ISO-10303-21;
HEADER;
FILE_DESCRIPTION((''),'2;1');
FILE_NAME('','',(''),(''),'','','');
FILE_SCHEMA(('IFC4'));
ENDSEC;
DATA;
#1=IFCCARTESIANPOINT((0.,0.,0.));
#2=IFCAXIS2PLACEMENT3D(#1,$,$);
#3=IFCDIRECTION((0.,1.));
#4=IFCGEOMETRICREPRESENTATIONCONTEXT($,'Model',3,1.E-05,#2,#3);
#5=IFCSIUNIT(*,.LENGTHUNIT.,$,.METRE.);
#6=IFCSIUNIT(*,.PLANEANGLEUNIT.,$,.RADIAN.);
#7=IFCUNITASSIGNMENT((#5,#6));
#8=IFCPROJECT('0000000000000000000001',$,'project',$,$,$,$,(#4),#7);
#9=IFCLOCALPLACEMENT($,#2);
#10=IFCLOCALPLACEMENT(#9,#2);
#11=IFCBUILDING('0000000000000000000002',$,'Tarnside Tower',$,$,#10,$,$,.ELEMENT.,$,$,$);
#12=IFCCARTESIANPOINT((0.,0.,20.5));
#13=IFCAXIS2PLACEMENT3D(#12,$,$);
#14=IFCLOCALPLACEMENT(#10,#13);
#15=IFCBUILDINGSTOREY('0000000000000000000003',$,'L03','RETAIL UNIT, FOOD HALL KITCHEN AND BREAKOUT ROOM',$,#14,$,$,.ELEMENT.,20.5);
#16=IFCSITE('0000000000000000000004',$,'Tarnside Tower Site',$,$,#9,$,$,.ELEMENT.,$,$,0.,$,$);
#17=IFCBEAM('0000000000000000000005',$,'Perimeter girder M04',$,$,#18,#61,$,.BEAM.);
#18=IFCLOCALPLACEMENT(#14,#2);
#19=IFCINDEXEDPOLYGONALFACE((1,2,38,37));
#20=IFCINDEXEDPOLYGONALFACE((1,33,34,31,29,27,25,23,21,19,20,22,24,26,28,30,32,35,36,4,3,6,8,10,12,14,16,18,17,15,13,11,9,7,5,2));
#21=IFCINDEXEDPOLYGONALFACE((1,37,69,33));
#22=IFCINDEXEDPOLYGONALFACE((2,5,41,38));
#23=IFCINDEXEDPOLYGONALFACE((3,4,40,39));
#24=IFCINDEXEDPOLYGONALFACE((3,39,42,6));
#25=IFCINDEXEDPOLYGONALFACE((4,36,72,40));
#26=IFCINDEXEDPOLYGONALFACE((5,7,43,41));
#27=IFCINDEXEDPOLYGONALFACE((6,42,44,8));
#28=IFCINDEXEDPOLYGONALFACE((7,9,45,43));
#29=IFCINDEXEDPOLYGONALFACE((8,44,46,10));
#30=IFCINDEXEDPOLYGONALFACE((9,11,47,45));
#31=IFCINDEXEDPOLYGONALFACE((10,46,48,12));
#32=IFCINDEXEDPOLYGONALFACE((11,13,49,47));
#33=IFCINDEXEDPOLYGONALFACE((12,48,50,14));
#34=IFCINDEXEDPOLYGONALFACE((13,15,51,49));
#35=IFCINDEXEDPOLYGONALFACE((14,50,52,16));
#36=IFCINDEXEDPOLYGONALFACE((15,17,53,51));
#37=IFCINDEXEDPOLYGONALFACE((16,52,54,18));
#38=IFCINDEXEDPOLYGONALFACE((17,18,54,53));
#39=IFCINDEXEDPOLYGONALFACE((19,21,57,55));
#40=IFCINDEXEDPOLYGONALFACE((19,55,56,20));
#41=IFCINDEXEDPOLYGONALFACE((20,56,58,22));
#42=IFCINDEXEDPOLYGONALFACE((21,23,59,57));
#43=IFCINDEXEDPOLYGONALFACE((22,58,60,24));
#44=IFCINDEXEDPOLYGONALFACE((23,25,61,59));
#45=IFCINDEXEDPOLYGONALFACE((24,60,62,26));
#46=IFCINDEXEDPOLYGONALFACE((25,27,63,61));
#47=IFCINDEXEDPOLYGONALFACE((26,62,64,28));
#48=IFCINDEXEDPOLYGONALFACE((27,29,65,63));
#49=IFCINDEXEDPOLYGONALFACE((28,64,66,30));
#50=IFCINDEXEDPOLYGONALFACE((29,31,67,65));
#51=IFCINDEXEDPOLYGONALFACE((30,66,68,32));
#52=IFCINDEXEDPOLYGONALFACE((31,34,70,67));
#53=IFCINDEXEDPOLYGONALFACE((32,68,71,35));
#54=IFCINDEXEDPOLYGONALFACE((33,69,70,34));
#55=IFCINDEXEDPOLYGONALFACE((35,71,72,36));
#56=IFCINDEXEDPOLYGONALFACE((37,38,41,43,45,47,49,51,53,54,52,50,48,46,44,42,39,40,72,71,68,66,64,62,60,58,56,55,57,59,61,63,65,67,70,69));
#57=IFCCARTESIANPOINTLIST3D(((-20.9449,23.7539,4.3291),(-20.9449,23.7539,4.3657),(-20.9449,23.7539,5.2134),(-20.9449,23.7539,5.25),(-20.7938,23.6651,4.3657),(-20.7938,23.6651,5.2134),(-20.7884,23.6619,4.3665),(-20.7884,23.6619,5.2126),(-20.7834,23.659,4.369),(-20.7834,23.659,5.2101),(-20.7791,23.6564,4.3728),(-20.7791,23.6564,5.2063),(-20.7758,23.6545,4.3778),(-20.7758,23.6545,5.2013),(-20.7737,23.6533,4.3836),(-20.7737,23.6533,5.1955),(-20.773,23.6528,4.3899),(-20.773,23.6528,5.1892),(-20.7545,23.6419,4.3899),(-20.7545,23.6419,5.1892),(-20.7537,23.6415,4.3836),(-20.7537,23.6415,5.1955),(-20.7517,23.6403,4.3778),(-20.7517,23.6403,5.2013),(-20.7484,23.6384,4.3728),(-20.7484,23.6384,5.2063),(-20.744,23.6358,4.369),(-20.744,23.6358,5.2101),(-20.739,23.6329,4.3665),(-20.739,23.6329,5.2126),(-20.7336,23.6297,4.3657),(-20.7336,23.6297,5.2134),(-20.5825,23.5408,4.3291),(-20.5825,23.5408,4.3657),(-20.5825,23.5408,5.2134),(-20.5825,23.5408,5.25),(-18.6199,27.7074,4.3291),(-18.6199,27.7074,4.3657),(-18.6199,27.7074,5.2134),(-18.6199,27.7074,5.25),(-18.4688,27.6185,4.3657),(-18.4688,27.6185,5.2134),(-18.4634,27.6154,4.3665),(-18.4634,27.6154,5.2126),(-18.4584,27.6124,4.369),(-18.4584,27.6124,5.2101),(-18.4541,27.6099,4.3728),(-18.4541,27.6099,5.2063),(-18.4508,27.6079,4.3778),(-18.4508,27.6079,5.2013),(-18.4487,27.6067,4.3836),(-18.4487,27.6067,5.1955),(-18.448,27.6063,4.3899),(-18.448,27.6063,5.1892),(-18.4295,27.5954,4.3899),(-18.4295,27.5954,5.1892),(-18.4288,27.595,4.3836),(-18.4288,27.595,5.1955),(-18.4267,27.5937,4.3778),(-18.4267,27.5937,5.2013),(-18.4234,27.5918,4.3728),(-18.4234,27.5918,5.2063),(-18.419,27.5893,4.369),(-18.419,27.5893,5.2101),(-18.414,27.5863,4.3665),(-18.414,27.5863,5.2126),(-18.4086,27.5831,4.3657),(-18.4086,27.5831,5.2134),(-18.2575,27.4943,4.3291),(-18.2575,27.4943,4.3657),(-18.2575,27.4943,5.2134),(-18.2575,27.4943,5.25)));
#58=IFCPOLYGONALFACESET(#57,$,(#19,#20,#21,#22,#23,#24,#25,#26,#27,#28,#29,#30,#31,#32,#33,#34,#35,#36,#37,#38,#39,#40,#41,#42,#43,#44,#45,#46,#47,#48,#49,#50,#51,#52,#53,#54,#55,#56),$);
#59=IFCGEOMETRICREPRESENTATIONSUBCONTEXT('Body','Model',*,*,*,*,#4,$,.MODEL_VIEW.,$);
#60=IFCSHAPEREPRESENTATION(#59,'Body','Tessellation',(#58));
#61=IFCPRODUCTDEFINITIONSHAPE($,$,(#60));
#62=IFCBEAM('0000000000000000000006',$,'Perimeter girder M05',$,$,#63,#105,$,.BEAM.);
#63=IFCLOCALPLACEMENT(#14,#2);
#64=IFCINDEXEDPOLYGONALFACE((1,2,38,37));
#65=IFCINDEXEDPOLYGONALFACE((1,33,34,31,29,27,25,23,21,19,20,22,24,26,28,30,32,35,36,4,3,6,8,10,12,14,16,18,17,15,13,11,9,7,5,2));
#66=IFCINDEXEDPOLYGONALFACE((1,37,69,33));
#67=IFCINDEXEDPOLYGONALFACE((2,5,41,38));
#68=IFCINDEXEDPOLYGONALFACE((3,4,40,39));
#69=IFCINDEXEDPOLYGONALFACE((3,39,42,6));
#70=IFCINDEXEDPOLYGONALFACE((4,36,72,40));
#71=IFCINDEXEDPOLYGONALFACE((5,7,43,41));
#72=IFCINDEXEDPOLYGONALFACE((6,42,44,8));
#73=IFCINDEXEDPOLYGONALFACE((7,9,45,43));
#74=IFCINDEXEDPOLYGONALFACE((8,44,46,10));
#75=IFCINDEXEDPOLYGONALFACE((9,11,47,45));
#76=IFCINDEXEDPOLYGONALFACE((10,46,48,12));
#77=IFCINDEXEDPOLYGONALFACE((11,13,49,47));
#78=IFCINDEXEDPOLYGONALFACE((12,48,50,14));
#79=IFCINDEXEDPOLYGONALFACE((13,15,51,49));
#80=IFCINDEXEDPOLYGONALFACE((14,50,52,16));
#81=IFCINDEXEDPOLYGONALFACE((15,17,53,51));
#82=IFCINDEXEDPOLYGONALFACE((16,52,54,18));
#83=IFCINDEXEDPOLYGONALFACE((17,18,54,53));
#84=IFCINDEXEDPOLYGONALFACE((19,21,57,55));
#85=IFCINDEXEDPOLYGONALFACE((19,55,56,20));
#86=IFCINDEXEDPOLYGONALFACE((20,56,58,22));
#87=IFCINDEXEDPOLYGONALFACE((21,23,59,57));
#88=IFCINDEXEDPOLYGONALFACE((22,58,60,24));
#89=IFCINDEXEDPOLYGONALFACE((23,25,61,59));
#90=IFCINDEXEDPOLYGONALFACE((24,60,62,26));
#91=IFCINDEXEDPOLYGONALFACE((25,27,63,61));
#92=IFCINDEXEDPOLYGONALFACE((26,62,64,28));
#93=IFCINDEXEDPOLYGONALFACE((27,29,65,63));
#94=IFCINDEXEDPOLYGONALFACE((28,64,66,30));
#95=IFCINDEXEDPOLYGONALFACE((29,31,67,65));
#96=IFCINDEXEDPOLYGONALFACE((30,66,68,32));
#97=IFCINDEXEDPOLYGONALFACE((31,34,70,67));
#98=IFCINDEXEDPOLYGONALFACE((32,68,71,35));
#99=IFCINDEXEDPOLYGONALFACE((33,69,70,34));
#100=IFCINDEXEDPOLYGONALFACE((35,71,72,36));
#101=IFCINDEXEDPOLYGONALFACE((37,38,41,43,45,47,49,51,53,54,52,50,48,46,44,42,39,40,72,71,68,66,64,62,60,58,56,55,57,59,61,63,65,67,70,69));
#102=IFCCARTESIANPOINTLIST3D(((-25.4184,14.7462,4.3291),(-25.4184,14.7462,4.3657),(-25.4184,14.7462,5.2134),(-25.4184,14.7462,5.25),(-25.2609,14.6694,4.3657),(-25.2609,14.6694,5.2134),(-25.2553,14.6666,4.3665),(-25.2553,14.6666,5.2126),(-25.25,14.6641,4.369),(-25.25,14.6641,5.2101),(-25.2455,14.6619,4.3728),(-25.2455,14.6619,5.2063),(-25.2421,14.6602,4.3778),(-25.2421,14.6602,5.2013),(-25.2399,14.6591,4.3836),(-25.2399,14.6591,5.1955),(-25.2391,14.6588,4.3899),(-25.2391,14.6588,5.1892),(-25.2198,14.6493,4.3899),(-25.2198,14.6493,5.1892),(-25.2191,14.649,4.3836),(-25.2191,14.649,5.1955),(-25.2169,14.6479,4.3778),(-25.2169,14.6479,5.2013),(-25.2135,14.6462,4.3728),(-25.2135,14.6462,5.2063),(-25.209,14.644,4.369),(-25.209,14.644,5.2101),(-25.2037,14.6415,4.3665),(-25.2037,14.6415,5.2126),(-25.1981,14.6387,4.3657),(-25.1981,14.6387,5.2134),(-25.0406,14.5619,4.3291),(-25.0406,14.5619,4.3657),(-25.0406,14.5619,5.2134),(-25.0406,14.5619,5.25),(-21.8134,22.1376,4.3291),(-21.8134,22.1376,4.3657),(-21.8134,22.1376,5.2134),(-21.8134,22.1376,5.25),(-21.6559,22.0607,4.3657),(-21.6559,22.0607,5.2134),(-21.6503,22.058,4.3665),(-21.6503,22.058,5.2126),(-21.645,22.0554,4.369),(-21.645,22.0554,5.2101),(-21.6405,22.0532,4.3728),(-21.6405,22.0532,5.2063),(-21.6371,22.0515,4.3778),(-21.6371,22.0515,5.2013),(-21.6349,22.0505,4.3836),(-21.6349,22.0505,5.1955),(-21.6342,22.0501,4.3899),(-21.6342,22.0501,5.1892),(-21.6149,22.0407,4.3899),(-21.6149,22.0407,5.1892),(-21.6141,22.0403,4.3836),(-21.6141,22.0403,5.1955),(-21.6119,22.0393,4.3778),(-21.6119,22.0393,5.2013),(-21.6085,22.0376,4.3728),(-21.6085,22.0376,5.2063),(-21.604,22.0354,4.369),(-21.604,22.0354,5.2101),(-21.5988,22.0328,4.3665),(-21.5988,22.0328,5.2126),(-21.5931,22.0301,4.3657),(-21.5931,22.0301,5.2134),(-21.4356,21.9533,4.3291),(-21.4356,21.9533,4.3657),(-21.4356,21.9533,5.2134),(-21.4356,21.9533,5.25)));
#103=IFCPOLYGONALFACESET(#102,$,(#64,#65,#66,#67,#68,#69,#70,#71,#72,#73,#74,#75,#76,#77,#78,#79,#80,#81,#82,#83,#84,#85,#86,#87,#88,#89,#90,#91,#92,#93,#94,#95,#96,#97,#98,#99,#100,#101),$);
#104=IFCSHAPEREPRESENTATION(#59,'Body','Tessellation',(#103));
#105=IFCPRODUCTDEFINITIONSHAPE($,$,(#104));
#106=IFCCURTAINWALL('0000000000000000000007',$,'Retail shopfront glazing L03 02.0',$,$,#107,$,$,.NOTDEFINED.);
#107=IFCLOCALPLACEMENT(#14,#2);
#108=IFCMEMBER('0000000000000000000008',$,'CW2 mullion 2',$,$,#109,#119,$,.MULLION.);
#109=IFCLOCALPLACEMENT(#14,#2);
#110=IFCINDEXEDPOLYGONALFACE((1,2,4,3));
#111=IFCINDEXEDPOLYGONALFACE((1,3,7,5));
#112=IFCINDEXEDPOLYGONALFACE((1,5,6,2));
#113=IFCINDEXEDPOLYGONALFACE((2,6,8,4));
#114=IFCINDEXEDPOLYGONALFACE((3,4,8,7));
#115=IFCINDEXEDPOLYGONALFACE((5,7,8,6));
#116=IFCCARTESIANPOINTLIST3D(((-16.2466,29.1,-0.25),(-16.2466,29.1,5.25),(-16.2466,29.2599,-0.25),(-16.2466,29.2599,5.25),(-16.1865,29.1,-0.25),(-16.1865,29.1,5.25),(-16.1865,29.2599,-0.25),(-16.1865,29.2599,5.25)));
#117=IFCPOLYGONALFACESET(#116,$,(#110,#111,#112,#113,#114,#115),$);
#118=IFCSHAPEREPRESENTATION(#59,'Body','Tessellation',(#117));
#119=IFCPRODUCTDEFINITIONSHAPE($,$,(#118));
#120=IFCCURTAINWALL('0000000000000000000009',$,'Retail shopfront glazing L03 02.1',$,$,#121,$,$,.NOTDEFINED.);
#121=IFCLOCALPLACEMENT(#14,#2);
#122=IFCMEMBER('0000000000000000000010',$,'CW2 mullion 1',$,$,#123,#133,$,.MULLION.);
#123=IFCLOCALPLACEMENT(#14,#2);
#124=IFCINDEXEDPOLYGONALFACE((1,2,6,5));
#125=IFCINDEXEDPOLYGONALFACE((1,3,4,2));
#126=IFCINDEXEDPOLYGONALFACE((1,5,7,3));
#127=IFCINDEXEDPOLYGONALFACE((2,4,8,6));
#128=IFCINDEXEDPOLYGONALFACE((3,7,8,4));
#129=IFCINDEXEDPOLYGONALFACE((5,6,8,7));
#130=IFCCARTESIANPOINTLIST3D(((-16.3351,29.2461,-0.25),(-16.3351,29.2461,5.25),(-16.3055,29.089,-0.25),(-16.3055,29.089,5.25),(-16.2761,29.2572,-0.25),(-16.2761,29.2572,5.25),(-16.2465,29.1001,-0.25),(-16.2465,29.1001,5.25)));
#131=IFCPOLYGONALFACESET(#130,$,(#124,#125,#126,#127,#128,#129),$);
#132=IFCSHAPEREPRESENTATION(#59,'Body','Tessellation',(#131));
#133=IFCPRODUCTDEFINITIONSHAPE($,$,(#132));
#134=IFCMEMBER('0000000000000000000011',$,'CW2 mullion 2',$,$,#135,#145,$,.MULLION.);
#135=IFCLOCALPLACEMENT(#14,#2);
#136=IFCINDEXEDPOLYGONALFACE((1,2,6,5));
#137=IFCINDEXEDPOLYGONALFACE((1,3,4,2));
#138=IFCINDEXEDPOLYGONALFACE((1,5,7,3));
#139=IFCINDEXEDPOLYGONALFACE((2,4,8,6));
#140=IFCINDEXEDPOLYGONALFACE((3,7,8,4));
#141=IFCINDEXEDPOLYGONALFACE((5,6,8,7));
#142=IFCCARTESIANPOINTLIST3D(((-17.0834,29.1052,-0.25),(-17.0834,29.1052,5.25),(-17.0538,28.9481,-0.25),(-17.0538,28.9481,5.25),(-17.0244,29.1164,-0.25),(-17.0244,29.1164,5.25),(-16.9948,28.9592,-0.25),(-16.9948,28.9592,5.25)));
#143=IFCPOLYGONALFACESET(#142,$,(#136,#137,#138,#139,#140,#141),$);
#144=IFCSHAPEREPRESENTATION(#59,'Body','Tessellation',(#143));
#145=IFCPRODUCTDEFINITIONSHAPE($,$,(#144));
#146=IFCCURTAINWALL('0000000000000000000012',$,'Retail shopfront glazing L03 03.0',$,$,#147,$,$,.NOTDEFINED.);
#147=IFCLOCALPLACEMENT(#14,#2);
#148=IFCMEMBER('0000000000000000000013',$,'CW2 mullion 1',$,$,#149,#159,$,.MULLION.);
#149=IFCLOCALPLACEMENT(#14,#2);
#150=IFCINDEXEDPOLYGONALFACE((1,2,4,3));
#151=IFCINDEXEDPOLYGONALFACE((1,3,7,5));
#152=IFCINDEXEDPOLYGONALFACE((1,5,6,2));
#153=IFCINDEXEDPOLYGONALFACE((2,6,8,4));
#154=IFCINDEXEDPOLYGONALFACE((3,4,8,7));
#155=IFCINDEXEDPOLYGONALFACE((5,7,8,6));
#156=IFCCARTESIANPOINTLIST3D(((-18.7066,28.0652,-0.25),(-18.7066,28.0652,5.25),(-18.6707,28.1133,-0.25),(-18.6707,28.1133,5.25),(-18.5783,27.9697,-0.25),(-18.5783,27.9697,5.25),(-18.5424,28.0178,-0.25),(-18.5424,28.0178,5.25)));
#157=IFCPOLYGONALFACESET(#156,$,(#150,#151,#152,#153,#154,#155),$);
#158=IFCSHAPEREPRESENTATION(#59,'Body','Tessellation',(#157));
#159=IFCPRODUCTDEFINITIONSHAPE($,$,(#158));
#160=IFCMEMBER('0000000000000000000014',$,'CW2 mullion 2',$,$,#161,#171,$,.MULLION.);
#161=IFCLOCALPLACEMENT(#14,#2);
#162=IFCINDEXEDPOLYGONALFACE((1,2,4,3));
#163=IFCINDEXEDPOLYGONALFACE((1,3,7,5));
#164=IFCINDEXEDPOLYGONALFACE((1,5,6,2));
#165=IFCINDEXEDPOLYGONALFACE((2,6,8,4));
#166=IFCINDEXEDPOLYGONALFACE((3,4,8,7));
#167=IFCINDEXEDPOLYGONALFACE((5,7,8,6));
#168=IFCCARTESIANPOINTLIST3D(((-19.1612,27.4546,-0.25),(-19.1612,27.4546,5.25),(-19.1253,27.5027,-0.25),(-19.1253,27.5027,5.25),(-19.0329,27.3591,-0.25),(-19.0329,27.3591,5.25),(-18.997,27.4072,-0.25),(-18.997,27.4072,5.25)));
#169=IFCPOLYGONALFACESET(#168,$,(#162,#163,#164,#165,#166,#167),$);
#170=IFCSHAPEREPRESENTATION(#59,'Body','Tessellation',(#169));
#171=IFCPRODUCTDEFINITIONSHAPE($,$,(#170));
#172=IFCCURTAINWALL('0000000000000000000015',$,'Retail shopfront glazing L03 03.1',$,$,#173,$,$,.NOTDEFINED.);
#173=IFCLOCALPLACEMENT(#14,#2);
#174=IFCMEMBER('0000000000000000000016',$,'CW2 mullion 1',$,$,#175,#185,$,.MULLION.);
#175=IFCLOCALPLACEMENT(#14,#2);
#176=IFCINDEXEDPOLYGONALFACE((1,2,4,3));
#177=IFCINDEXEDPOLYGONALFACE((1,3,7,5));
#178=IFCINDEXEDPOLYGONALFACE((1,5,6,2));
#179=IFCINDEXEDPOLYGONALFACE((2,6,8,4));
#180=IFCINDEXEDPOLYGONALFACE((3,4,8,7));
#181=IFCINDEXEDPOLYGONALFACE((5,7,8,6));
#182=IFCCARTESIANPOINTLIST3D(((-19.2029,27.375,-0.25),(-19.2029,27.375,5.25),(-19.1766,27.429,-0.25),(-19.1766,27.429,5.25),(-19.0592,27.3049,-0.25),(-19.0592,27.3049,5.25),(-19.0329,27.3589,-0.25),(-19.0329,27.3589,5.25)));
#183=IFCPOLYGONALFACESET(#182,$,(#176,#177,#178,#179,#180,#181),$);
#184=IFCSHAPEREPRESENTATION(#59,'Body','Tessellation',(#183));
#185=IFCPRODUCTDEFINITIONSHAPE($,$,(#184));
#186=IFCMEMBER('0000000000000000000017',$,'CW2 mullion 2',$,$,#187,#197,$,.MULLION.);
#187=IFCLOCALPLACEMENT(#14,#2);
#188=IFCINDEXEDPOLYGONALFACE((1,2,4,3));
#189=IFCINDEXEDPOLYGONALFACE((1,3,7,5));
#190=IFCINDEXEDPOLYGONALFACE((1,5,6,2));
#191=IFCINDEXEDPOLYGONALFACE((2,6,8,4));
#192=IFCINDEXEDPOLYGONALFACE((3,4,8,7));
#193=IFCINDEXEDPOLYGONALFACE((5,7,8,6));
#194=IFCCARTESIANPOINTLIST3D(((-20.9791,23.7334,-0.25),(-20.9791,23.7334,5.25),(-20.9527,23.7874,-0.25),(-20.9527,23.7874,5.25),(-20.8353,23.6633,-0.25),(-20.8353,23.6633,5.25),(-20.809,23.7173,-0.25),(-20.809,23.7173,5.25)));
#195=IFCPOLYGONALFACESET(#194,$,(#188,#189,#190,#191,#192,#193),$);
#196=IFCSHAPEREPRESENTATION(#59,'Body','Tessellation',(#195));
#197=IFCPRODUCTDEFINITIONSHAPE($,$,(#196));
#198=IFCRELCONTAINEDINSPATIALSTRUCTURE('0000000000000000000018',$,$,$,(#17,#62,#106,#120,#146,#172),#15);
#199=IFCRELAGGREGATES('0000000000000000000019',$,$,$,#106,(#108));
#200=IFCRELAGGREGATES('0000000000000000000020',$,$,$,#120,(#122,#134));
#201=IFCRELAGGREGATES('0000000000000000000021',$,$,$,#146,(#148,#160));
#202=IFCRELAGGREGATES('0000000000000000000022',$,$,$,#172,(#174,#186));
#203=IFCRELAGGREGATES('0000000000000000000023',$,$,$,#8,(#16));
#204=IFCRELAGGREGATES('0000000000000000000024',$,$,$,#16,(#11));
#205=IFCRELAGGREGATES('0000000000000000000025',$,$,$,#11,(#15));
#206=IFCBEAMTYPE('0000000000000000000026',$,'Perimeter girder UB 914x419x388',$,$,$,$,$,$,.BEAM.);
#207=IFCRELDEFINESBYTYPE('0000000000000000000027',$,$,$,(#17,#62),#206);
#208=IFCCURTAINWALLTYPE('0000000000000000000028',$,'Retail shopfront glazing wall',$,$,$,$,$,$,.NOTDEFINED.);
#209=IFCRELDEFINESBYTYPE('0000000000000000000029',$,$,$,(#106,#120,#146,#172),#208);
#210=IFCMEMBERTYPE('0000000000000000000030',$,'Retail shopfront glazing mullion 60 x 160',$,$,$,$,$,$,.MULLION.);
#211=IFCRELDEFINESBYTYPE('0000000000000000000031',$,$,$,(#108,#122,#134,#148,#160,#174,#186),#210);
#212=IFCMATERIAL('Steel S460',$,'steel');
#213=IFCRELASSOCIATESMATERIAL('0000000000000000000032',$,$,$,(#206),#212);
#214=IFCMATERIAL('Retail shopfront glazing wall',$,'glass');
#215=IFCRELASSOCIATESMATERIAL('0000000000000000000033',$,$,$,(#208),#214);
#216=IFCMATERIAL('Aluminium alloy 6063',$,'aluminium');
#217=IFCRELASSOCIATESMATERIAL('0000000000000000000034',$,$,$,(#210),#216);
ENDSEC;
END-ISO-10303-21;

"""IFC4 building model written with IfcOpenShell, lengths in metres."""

from ifc_helpers import new_model, si_unit, direction, frame, origin, origin_2d, place, context, subcontext, project, spatial, rectangle, i_section, extrude, material, material_profile, profile_set, type_object, element, aggregate, save


model = new_model("IFC4")

# Units and contexts
model_context = context("Model", 3, precision=1e-05, world=origin(), true_north=direction((0.0, 1.0)))
body_context = subcontext(model_context, "Body", "Model", "MODEL_VIEW")
ifc_project = project(units=[si_unit("LENGTHUNIT", "METRE"), si_unit("PLANEANGLEUNIT", "RADIAN")], contexts=[model_context])

# Site, building, storey
site_placement = place(None, origin())
site = spatial("IfcSite", under=ifc_project, at=site_placement, Name="Tarnside Tower Site", CompositionType="ELEMENT", RefElevation=0.0)
building_placement = place(site_placement, origin())
building = spatial("IfcBuilding", under=site, at=building_placement, Name="Tarnside Tower", CompositionType="ELEMENT")
storey_placement = place(building_placement, frame((0.0, 0.0, 20.5)))
storey = spatial("IfcBuildingStorey", under=building, at=storey_placement, Name="L03", Description="RETAIL UNIT, FOOD HALL KITCHEN AND BREAKOUT ROOM", CompositionType="ELEMENT", Elevation=20.5)

# Shared definitions
ifc_material_1 = material(Name="Steel S460", Category="steel")

# Beams
ifc_material_profile_1 = material_profile(ifc_material_1, i_section(OverallWidth=0.4204, OverallDepth=0.9209, WebThickness=0.0215, FlangeThickness=0.0366, FilletRadius=0.0242, at=origin_2d()), Name="UB 914x419x388")
ifc_profile_set_1 = profile_set([ifc_material_profile_1], Name="Steel S460")
beam_type_1 = type_object("IfcBeamType", Name="Perimeter girder UB 914x419x388", PredefinedType="BEAM", material=ifc_profile_set_1)
beam_1_placement = place(storey_placement, frame((-18.4387, 27.6008, 4.7896), z_axis=(-0.506929, -0.861988, 0.0), x_axis=(0.861988, -0.506929, 0.0)))
element("IfcBeam", 1, at=beam_1_placement, inside=storey, type_object=beam_type_1, Name="Perimeter girder M04", PredefinedType="BEAM", context=body_context, shape_type="SweptSolid", body=[
    extrude(i_section(OverallWidth=0.4204, OverallDepth=0.9209, WebThickness=0.0215, FlangeThickness=0.0366, FilletRadius=0.0242, at=origin_2d()), origin(), (0.0, 0.0, 1.0), 4.5864),
])
beam_2_placement = place(storey_placement, frame((-21.6245, 22.0454, 4.7896), z_axis=(-0.438369, -0.898795, 0.0), x_axis=(0.898795, -0.438369, 0.0)))
element("IfcBeam", 2, at=beam_2_placement, inside=storey, type_object=beam_type_1, Name="Perimeter girder M05", PredefinedType="BEAM", context=body_context, shape_type="SweptSolid", body=[
    extrude(i_section(OverallWidth=0.4204, OverallDepth=0.9209, WebThickness=0.0215, FlangeThickness=0.0366, FilletRadius=0.0242, at=origin_2d()), origin(), (0.0, 0.0, 1.0), 8.2236),
])

# Curtain wall, member
ifc_material_2 = material(Name="Retail shopfront glazing wall", Category="glass")
curtain_wall_type = type_object("IfcCurtainWallType", Name="Retail shopfront glazing wall", PredefinedType="NOTDEFINED", material=ifc_material_2)
curtain_wall_1_placement = place(storey_placement, origin())
curtain_wall_1 = element("IfcCurtainWall", 3, at=curtain_wall_1_placement, inside=storey, type_object=curtain_wall_type, Name="Retail shopfront glazing L03 02.0", PredefinedType="NOTDEFINED")
ifc_material_3 = material(Name="Aluminium alloy 6063", Category="aluminium")
ifc_material_profile_2 = material_profile(ifc_material_3, rectangle(XDim=0.1599, YDim=0.0601, at=origin_2d()), Name="Retail shopfront glazing mullion 60 x 160")
ifc_profile_set_2 = profile_set([ifc_material_profile_2], Name="Aluminium alloy 6063")
member_type_1 = type_object("IfcMemberType", Name="Retail shopfront glazing mullion 60 x 160", PredefinedType="MULLION", material=ifc_profile_set_2)
member_1_placement = place(storey_placement, frame((-16.2166, 29.1799, -0.25), z_axis=(0.0, 0.0, 1.0), x_axis=(0.0, -1.0, 0.0)))
member_1 = element("IfcMember", 4, at=member_1_placement, type_object=member_type_1, Name="CW2 mullion 2", PredefinedType="MULLION", context=body_context, shape_type="SweptSolid", body=[
    extrude(rectangle(XDim=0.1599, YDim=0.0601, at=origin_2d()), origin(), (0.0, 0.0, 1.0), 5.5),
])
aggregate(curtain_wall_1, [member_1])

# Curtain walls, members
curtain_wall_2_placement = place(storey_placement, origin())
curtain_wall_2 = element("IfcCurtainWall", 5, at=curtain_wall_2_placement, inside=storey, type_object=curtain_wall_type, Name="Retail shopfront glazing L03 02.1", PredefinedType="NOTDEFINED")
member_2_placement = place(storey_placement, frame((-16.2908, 29.1731, -0.25), z_axis=(0.0, 0.0, 1.0), x_axis=(0.185095, -0.982721, 0.0)))
member_2 = element("IfcMember", 6, at=member_2_placement, type_object=member_type_1, Name="CW2 mullion 1", PredefinedType="MULLION", context=body_context, shape_type="SweptSolid", body=[
    extrude(rectangle(XDim=0.1599, YDim=0.0601, at=origin_2d()), origin(), (0.0, 0.0, 1.0), 5.5),
])
member_3_placement = place(storey_placement, frame((-17.0391, 29.0322, -0.25), z_axis=(0.0, 0.0, 1.0), x_axis=(0.185095, -0.982721, 0.0)))
member_3 = element("IfcMember", 7, at=member_3_placement, type_object=member_type_1, Name="CW2 mullion 2", PredefinedType="MULLION", context=body_context, shape_type="SweptSolid", body=[
    extrude(rectangle(XDim=0.1599, YDim=0.0601, at=origin_2d()), origin(), (0.0, 0.0, 1.0), 5.5),
])
curtain_wall_3_placement = place(storey_placement, origin())
curtain_wall_3 = element("IfcCurtainWall", 8, at=curtain_wall_3_placement, inside=storey, type_object=curtain_wall_type, Name="Retail shopfront glazing L03 03.0", PredefinedType="NOTDEFINED")
member_4_placement = place(storey_placement, frame((-18.6245, 28.0415, -0.25), z_axis=(0.0, 0.0, 1.0), x_axis=(0.802123, -0.597159, 0.0)))
member_4 = element("IfcMember", 9, at=member_4_placement, type_object=member_type_1, Name="CW2 mullion 1", PredefinedType="MULLION", context=body_context, shape_type="SweptSolid", body=[
    extrude(rectangle(XDim=0.1599, YDim=0.0601, at=origin_2d()), origin(), (0.0, 0.0, 1.0), 5.5),
])
member_5_placement = place(storey_placement, frame((-19.0791, 27.4309, -0.25), z_axis=(0.0, 0.0, 1.0), x_axis=(0.802123, -0.597159, 0.0)))
member_5 = element("IfcMember", 10, at=member_5_placement, type_object=member_type_1, Name="CW2 mullion 2", PredefinedType="MULLION", context=body_context, shape_type="SweptSolid", body=[
    extrude(rectangle(XDim=0.1599, YDim=0.0601, at=origin_2d()), origin(), (0.0, 0.0, 1.0), 5.5),
])
curtain_wall_4_placement = place(storey_placement, origin())
curtain_wall_4 = element("IfcCurtainWall", 11, at=curtain_wall_4_placement, inside=storey, type_object=curtain_wall_type, Name="Retail shopfront glazing L03 03.1", PredefinedType="NOTDEFINED")
member_6_placement = place(storey_placement, frame((-19.1179, 27.3669, -0.25), z_axis=(0.0, 0.0, 1.0), x_axis=(0.898794, -0.438371, 0.0)))
member_6 = element("IfcMember", 12, at=member_6_placement, type_object=member_type_1, Name="CW2 mullion 1", PredefinedType="MULLION", context=body_context, shape_type="SweptSolid", body=[
    extrude(rectangle(XDim=0.1599, YDim=0.0601, at=origin_2d()), origin(), (0.0, 0.0, 1.0), 5.5),
])
member_7_placement = place(storey_placement, frame((-20.894, 23.7253, -0.25), z_axis=(0.0, 0.0, 1.0), x_axis=(0.898794, -0.438371, 0.0)))
member_7 = element("IfcMember", 13, at=member_7_placement, type_object=member_type_1, Name="CW2 mullion 2", PredefinedType="MULLION", context=body_context, shape_type="SweptSolid", body=[
    extrude(rectangle(XDim=0.1599, YDim=0.0601, at=origin_2d()), origin(), (0.0, 0.0, 1.0), 5.5),
])

aggregate(curtain_wall_2, [member_2, member_3])
aggregate(curtain_wall_3, [member_4, member_5])
aggregate(curtain_wall_4, [member_6, member_7])

save(model, "model.ifc")
